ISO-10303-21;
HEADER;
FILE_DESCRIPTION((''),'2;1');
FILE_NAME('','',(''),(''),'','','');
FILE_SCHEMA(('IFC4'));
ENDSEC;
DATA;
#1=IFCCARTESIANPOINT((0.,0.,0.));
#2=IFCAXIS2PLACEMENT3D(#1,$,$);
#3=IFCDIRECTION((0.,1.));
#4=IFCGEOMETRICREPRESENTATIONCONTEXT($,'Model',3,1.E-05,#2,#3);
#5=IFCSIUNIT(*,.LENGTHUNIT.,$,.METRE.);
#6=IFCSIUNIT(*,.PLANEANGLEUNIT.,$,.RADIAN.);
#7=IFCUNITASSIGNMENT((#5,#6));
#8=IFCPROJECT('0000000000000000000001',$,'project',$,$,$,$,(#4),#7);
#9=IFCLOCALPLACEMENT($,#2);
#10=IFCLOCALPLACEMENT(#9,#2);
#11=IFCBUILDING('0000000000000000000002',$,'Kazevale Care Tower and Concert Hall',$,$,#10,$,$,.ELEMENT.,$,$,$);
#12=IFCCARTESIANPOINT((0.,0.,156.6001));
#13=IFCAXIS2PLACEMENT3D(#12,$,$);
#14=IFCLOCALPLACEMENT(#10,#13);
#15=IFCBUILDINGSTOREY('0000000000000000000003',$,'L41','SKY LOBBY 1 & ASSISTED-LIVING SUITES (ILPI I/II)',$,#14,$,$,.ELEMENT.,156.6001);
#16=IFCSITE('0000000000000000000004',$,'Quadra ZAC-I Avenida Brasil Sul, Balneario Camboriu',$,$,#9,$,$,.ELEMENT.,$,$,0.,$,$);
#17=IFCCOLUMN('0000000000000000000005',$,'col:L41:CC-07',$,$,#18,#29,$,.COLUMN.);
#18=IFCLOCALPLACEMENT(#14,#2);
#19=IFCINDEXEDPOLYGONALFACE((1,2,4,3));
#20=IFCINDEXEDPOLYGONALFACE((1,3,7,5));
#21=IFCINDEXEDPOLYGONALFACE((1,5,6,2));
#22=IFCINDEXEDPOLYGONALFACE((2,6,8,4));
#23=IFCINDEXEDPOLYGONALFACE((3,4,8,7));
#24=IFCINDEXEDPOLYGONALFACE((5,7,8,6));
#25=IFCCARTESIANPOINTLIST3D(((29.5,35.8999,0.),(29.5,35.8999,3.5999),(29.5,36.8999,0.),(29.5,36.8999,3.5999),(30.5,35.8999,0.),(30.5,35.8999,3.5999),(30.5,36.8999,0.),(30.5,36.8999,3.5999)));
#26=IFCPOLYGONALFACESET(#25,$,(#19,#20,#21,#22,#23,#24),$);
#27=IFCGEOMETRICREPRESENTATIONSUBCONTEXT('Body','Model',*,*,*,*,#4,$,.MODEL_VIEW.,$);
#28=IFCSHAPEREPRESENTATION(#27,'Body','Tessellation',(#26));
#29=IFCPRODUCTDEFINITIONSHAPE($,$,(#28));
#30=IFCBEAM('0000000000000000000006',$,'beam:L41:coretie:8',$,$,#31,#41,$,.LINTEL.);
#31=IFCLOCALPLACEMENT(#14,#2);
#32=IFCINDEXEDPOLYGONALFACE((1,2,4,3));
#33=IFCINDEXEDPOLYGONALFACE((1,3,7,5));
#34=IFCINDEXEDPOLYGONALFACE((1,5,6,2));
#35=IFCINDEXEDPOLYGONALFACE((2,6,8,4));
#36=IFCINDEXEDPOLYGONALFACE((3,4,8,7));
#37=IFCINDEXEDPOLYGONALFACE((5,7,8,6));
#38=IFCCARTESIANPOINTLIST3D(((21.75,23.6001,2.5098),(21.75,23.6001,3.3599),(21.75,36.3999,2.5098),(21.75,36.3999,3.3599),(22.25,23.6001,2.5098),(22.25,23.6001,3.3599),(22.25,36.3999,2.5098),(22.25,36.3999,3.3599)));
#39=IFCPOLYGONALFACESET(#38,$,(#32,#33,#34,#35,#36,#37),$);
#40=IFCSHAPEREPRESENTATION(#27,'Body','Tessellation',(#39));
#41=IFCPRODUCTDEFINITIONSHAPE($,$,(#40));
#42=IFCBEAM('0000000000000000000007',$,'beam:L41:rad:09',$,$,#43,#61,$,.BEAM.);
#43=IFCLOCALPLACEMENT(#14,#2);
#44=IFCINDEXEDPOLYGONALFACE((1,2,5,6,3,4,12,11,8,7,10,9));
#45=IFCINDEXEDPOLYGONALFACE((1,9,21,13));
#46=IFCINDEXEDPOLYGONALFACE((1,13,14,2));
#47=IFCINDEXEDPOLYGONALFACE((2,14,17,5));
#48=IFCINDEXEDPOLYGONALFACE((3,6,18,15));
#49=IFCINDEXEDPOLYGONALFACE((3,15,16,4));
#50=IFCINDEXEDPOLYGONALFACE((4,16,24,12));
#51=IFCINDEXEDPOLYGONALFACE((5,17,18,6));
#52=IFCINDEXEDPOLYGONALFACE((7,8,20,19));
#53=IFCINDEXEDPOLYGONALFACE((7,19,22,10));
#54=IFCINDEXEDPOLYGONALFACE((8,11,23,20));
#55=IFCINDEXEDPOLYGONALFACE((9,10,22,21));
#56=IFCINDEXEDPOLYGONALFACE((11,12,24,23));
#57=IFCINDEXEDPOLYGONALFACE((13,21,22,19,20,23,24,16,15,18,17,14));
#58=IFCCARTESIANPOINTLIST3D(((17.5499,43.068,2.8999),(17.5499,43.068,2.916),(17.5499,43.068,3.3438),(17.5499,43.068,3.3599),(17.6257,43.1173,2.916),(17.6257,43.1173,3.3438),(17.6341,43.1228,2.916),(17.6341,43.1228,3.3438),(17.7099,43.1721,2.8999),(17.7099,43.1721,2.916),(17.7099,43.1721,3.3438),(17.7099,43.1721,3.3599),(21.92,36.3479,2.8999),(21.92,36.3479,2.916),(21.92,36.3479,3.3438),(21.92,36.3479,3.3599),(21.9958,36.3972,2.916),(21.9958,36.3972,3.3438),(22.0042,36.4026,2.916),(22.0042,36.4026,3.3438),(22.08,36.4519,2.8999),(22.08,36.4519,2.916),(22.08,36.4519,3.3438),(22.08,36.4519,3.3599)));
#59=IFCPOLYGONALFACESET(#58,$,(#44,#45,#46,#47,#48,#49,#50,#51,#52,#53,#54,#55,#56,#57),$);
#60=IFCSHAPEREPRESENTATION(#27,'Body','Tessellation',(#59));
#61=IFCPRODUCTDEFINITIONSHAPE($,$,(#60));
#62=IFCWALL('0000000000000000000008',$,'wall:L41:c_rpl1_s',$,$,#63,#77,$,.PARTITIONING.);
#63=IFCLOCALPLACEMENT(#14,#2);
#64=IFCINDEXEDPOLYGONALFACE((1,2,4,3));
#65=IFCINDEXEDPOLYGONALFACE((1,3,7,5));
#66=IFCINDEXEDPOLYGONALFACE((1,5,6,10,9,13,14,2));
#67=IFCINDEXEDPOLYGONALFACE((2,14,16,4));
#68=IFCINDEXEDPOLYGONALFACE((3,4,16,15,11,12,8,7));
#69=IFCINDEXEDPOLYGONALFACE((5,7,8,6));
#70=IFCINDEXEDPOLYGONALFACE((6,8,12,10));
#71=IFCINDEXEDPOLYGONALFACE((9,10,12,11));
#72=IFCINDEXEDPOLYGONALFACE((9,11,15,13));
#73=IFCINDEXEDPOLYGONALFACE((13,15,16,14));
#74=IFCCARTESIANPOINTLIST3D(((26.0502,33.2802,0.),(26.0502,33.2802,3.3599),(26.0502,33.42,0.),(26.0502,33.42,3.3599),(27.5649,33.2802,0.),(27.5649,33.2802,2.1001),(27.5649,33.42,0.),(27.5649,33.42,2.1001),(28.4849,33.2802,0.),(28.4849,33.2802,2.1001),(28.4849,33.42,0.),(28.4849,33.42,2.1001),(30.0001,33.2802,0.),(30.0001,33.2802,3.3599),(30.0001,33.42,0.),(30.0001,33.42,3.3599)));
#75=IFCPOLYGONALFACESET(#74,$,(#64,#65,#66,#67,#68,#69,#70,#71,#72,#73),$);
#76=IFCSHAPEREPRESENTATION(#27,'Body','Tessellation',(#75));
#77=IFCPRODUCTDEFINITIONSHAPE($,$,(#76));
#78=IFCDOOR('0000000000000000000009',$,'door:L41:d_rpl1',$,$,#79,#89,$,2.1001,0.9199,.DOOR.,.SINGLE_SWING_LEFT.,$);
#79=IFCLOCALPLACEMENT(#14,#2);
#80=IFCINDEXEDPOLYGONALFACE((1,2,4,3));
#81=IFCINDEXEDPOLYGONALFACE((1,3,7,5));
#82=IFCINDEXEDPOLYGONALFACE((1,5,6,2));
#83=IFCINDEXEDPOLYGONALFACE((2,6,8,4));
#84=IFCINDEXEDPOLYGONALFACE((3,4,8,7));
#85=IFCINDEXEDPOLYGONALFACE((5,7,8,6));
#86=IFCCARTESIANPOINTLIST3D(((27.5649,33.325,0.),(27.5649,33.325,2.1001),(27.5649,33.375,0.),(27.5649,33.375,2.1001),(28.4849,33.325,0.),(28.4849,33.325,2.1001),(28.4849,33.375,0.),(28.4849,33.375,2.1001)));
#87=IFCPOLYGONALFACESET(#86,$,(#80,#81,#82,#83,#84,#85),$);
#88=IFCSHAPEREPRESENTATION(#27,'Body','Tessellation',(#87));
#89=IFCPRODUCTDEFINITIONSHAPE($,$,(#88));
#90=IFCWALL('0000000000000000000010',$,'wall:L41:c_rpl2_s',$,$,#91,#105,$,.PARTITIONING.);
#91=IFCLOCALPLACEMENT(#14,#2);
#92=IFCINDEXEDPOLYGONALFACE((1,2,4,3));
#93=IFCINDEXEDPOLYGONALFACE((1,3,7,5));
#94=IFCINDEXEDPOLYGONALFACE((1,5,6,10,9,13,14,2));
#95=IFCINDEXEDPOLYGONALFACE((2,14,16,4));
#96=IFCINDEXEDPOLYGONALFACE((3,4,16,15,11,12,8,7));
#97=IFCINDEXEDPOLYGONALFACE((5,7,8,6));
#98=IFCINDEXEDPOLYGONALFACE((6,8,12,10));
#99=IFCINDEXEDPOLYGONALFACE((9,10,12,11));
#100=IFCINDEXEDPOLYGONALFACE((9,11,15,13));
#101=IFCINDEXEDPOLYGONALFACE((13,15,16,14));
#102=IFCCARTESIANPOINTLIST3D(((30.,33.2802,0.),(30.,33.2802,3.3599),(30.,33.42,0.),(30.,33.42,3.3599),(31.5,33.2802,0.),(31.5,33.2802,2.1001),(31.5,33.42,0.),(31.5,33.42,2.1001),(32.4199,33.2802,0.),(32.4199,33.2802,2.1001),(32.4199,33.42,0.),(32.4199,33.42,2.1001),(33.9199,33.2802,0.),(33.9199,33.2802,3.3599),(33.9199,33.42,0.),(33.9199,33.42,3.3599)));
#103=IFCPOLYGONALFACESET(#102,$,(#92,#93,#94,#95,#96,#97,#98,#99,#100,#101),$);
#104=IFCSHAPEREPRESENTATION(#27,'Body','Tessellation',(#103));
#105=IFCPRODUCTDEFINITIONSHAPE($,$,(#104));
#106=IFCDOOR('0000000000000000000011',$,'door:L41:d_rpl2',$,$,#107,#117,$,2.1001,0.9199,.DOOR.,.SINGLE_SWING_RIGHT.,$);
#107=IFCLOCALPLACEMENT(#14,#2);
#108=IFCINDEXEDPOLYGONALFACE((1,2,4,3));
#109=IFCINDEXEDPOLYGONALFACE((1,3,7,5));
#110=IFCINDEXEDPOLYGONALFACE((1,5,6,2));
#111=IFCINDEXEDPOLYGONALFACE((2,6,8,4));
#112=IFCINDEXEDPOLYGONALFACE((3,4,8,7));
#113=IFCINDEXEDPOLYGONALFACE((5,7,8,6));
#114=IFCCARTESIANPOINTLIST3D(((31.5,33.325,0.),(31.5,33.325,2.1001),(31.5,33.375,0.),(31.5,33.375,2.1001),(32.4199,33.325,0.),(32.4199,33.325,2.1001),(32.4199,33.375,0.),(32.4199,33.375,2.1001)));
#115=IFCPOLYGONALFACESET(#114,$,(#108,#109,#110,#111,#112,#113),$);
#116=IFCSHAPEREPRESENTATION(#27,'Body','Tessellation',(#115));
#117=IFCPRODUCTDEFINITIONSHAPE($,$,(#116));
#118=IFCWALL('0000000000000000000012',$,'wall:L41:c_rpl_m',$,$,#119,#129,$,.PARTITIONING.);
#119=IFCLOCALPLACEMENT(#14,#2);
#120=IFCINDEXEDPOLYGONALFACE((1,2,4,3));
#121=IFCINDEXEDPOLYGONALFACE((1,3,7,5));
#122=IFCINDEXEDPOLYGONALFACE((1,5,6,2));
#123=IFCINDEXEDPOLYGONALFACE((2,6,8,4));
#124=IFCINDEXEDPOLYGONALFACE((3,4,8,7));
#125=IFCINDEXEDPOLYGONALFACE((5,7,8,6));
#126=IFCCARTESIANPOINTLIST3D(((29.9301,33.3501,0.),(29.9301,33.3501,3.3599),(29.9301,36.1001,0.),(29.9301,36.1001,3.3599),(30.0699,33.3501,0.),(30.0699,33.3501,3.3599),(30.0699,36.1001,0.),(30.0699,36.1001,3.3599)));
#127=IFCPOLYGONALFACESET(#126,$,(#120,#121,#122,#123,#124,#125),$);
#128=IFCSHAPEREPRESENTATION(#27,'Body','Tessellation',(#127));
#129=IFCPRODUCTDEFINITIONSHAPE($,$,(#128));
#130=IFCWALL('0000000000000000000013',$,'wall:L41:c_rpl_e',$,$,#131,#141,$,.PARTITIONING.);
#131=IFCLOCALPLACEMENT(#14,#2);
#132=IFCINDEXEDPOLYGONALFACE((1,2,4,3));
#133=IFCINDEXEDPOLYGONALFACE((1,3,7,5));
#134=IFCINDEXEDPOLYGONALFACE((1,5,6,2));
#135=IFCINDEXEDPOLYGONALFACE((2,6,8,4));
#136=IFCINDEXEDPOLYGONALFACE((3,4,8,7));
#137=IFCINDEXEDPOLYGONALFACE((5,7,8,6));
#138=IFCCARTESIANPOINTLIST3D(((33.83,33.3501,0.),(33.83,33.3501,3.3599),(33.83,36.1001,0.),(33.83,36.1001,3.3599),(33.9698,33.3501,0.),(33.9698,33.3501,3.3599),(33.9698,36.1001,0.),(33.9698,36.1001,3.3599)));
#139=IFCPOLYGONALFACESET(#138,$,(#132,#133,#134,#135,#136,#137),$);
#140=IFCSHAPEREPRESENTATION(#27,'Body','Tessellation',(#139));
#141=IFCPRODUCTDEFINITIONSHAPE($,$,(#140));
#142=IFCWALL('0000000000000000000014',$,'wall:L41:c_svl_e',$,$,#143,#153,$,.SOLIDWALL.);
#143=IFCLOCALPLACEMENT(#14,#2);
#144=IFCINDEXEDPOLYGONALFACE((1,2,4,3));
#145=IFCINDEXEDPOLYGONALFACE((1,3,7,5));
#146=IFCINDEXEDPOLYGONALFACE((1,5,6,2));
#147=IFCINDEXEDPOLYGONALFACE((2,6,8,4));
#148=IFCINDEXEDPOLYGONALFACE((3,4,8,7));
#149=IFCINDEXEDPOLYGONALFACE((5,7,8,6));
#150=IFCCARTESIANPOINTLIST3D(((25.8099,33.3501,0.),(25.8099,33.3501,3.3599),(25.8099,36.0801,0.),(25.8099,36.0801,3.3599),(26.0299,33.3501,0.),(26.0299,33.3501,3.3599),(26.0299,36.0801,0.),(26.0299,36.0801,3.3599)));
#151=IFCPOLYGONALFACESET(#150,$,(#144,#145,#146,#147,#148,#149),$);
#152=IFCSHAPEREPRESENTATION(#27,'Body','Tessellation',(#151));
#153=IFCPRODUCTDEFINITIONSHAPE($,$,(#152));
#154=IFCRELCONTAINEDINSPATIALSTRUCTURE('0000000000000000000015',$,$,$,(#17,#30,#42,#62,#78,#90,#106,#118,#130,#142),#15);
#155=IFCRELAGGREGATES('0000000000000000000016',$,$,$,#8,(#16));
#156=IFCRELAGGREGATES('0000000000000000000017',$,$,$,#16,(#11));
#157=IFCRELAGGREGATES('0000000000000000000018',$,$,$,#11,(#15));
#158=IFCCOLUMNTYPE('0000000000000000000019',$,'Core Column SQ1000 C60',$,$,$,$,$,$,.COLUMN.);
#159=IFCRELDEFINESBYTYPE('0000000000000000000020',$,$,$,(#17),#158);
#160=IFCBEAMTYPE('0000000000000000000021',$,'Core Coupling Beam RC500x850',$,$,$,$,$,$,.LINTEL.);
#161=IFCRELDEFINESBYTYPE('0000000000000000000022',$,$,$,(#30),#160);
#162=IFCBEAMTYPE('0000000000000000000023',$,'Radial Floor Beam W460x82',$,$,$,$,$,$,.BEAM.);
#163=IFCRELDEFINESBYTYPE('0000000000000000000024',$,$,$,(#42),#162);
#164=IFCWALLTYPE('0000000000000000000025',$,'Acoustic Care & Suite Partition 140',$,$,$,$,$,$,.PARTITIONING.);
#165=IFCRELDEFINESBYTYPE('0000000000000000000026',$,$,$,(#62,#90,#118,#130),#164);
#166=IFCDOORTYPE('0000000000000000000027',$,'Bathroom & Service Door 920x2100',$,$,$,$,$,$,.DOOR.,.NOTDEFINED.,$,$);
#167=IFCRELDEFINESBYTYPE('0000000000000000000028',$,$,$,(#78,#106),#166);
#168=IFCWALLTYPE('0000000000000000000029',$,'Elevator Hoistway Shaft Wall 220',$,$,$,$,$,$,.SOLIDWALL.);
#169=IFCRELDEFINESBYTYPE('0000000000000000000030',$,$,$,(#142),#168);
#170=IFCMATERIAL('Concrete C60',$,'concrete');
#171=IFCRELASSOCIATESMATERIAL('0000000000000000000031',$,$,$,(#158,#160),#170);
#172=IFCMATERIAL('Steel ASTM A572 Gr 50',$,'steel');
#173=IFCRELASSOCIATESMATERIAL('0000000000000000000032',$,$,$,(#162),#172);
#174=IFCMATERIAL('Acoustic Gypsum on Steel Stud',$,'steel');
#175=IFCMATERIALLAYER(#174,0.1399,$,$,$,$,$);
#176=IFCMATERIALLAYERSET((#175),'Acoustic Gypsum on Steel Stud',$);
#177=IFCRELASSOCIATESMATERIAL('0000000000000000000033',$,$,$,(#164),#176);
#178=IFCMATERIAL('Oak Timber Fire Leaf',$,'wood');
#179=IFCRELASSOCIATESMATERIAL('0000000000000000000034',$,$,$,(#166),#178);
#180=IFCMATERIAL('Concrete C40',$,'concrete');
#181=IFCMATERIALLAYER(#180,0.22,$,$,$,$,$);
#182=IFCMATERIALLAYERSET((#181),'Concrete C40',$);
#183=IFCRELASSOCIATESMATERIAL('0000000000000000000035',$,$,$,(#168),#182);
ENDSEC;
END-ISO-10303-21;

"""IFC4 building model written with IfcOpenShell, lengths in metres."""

from ifc_helpers import new_model, si_unit, direction, frame, frame_2d, origin, origin_2d, place, context, subcontext, project, spatial, rectangle, i_section, extrude, material, layer, layer_set, material_profile, profile_set, type_object, element, fill, save


model = new_model("IFC4")

# Units and contexts
model_context = context("Model", 3, precision=1e-05, world=origin(), true_north=direction((0.0, 1.0)))
body_context = subcontext(model_context, "Body", "Model", "MODEL_VIEW")
ifc_project = project(units=[si_unit("LENGTHUNIT", "METRE"), si_unit("PLANEANGLEUNIT", "RADIAN")], contexts=[model_context])

# Site, building, storey
site_placement = place(None, origin())
site = spatial("IfcSite", under=ifc_project, at=site_placement, Name="Quadra ZAC-I Avenida Brasil Sul, Balneario Camboriu", CompositionType="ELEMENT", RefElevation=0.0)
building_placement = place(site_placement, origin())
building = spatial("IfcBuilding", under=site, at=building_placement, Name="Kazevale Care Tower and Concert Hall", CompositionType="ELEMENT")
storey_placement = place(building_placement, frame((0.0, 0.0, 156.6001)))
storey = spatial("IfcBuildingStorey", under=building, at=storey_placement, Name="L41", Description="SKY LOBBY 1 & ASSISTED-LIVING SUITES (ILPI I/II)", CompositionType="ELEMENT", Elevation=156.6001)

# Column
ifc_material_1 = material(Name="Concrete C60", Category="concrete")
ifc_material_profile_1 = material_profile(ifc_material_1, rectangle(XDim=1.0, YDim=1.0, at=origin_2d()), Name="RC-SQ1000")
ifc_profile_set_1 = profile_set([ifc_material_profile_1], Name="Concrete C60")
column_type = type_object("IfcColumnType", Name="Core Column SQ1000 C60", PredefinedType="COLUMN", material=ifc_profile_set_1)
column_placement = place(storey_placement, frame((30.0, 36.3999, 0.0), z_axis=(0.0, 0.0, 1.0), x_axis=(1.0, 0.0, 0.0)))
element("IfcColumn", 1, at=column_placement, inside=storey, type_object=column_type, Name="col:L41:CC-07", PredefinedType="COLUMN", context=body_context, shape_type="SweptSolid", body=[
    extrude(rectangle(XDim=1.0, YDim=1.0, at=origin_2d()), origin(), (0.0, 0.0, 1.0), 3.5999),
])

# Beams
ifc_material_profile_2 = material_profile(ifc_material_1, rectangle(XDim=0.5, YDim=0.8501, at=origin_2d()), Name="RC-B500x850")
ifc_profile_set_2 = profile_set([ifc_material_profile_2], Name="Concrete C60")
beam_type_1 = type_object("IfcBeamType", Name="Core Coupling Beam RC500x850", PredefinedType="LINTEL", material=ifc_profile_set_2)
beam_1_placement = place(storey_placement, frame((22.0, 36.3999, 2.9348), z_axis=(0.0, -1.0, 0.0), x_axis=(1.0, 0.0, 0.0)))
element("IfcBeam", 2, at=beam_1_placement, inside=storey, type_object=beam_type_1, Name="beam:L41:coretie:8", PredefinedType="LINTEL", context=body_context, shape_type="SweptSolid", body=[
    extrude(rectangle(XDim=0.5, YDim=0.8501, at=origin_2d()), origin(), (0.0, 0.0, 1.0), 12.7998),
])
ifc_material_2 = material(Name="Steel ASTM A572 Gr 50", Category="steel")
ifc_material_profile_3 = material_profile(ifc_material_2, i_section(OverallWidth=0.1909, OverallDepth=0.46, WebThickness=0.01, FlangeThickness=0.0161, at=origin_2d()), Name="W460x82")
ifc_profile_set_3 = profile_set([ifc_material_profile_3], Name="Steel ASTM A572 Gr 50")
beam_type_2 = type_object("IfcBeamType", Name="Radial Floor Beam W460x82", PredefinedType="BEAM", material=ifc_profile_set_3)
beam_2_placement = place(storey_placement, frame((22.0, 36.3999, 3.1299), z_axis=(-0.545162, 0.838331, 0.0), x_axis=(-0.838331, -0.545162, 0.0)))
element("IfcBeam", 3, at=beam_2_placement, inside=storey, type_object=beam_type_2, Name="beam:L41:rad:09", PredefinedType="BEAM", context=body_context, shape_type="SweptSolid", body=[
    extrude(i_section(OverallWidth=0.1909, OverallDepth=0.46, WebThickness=0.01, FlangeThickness=0.0161, at=origin_2d()), origin(), (0.0, 0.0, 1.0), 8.0161),
])

# Walls, openings, doors
ifc_material_3 = material(Name="Acoustic Gypsum on Steel Stud", Category="steel")
ifc_layer_1 = layer(ifc_material_3, 0.1399)
ifc_layer_set_1 = layer_set([ifc_layer_1], Name="Acoustic Gypsum on Steel Stud")
wall_type_1 = type_object("IfcWallType", Name="Acoustic Care & Suite Partition 140", PredefinedType="PARTITIONING", material=ifc_layer_set_1)
wall_1_placement = place(storey_placement, frame((26.05, 33.3501, 0.0), z_axis=(0.0, 0.0, 1.0), x_axis=(1.0, 0.0, 0.0)))
wall_1 = element("IfcWall", 4, at=wall_1_placement, inside=storey, type_object=wall_type_1, Name="wall:L41:c_rpl1_s", PredefinedType="PARTITIONING", context=body_context, shape_type="SweptSolid", body=[
    extrude(rectangle(XDim=3.95, YDim=0.1399, at=frame_2d((1.9751, 0.0))), origin(), (0.0, 0.0, 1.0), 3.3599),
])
opening_1_placement = place(wall_1_placement, frame((1.5149, 0.0, 0.0)))
opening_1 = element("IfcOpeningElement", 5, at=opening_1_placement, cuts=wall_1, PredefinedType="OPENING", context=body_context, shape_type="SweptSolid", body=[
    extrude(rectangle(XDim=0.9199, YDim=2.1001, at=frame_2d((0.46, 1.05))), frame((0.0, 0.0798, 0.0), z_axis=(0.0, -1.0, 0.0), x_axis=(1.0, 0.0, 0.0)), (0.0, 0.0, 1.0), 0.1599),
])
ifc_material_4 = material(Name="Oak Timber Fire Leaf", Category="wood")
door_type_1 = type_object("IfcDoorType", Name="Bathroom & Service Door 920x2100", OperationType="NOTDEFINED", PredefinedType="DOOR", material=ifc_material_4)
door_1_placement = place(opening_1_placement, origin())
door_1 = element("IfcDoor", 6, at=door_1_placement, inside=storey, type_object=door_type_1, Name="door:L41:d_rpl1", OperationType="SINGLE_SWING_LEFT", OverallHeight=2.1001, OverallWidth=0.9199, PredefinedType="DOOR", context=body_context, shape_type="SweptSolid", body=[
    extrude(rectangle(XDim=0.9199, YDim=2.1001, at=frame_2d((0.46, 1.05))), frame((0.0, 0.0249, 0.0), z_axis=(0.0, -1.0, 0.0), x_axis=(1.0, 0.0, 0.0)), (0.0, 0.0, 1.0), 0.05),
])
fill(opening_1, door_1)
wall_2_placement = place(storey_placement, frame((30.0, 33.3501, 0.0), z_axis=(0.0, 0.0, 1.0), x_axis=(1.0, 0.0, 0.0)))
wall_2 = element("IfcWall", 7, at=wall_2_placement, inside=storey, type_object=wall_type_1, Name="wall:L41:c_rpl2_s", PredefinedType="PARTITIONING", context=body_context, shape_type="SweptSolid", body=[
    extrude(rectangle(XDim=3.9199, YDim=0.1399, at=frame_2d((1.96, 0.0))), origin(), (0.0, 0.0, 1.0), 3.3599),
])
opening_2_placement = place(wall_2_placement, frame((1.5, 0.0, 0.0)))
opening_2 = element("IfcOpeningElement", 8, at=opening_2_placement, cuts=wall_2, PredefinedType="OPENING", context=body_context, shape_type="SweptSolid", body=[
    extrude(rectangle(XDim=0.9199, YDim=2.1001, at=frame_2d((0.46, 1.05))), frame((0.0, 0.0798, 0.0), z_axis=(0.0, -1.0, 0.0), x_axis=(1.0, 0.0, 0.0)), (0.0, 0.0, 1.0), 0.1599),
])
door_2_placement = place(opening_2_placement, origin())
door_2 = element("IfcDoor", 9, at=door_2_placement, inside=storey, type_object=door_type_1, Name="door:L41:d_rpl2", OperationType="SINGLE_SWING_RIGHT", OverallHeight=2.1001, OverallWidth=0.9199, PredefinedType="DOOR", context=body_context, shape_type="SweptSolid", body=[
    extrude(rectangle(XDim=0.9199, YDim=2.1001, at=frame_2d((0.46, 1.05))), frame((0.0, 0.0249, 0.0), z_axis=(0.0, -1.0, 0.0), x_axis=(1.0, 0.0, 0.0)), (0.0, 0.0, 1.0), 0.05),
])
fill(opening_2, door_2)

# Walls
for number, where, z_axis, x_axis, name in (
    (10, (30.0, 33.3501, 0.0), (0.0, 0.0, 1.0), (0.0, 1.0, 0.0), "wall:L41:c_rpl_m"),
    (11, (33.8999, 33.3501, 0.0), (0.0, 0.0, 1.0), (0.0, 1.0, 0.0), "wall:L41:c_rpl_e"),
):
    element("IfcWall", number, at=place(storey_placement, frame(where, z_axis=z_axis, x_axis=x_axis)), inside=storey, type_object=wall_type_1, Name=name, PredefinedType="PARTITIONING", context=body_context, shape_type="SweptSolid", body=[
        extrude(rectangle(XDim=2.75, YDim=0.1399, at=frame_2d((1.375, 0.0))), origin(), (0.0, 0.0, 1.0), 3.3599),
    ])
ifc_material_5 = material(Name="Concrete C40", Category="concrete")
ifc_layer_2 = layer(ifc_material_5, 0.22)
ifc_layer_set_2 = layer_set([ifc_layer_2], Name="Concrete C40")
wall_type_2 = type_object("IfcWallType", Name="Elevator Hoistway Shaft Wall 220", PredefinedType="SOLIDWALL", material=ifc_layer_set_2)
wall_3_placement = place(storey_placement, frame((25.9199, 33.3501, 0.0), z_axis=(0.0, 0.0, 1.0), x_axis=(0.0, 1.0, 0.0)))
element("IfcWall", 12, at=wall_3_placement, inside=storey, type_object=wall_type_2, Name="wall:L41:c_svl_e", PredefinedType="SOLIDWALL", context=body_context, shape_type="SweptSolid", body=[
    extrude(rectangle(XDim=2.73, YDim=0.22, at=frame_2d((1.365, 0.0))), origin(), (0.0, 0.0, 1.0), 3.3599),
])

save(model, "model.ifc")
